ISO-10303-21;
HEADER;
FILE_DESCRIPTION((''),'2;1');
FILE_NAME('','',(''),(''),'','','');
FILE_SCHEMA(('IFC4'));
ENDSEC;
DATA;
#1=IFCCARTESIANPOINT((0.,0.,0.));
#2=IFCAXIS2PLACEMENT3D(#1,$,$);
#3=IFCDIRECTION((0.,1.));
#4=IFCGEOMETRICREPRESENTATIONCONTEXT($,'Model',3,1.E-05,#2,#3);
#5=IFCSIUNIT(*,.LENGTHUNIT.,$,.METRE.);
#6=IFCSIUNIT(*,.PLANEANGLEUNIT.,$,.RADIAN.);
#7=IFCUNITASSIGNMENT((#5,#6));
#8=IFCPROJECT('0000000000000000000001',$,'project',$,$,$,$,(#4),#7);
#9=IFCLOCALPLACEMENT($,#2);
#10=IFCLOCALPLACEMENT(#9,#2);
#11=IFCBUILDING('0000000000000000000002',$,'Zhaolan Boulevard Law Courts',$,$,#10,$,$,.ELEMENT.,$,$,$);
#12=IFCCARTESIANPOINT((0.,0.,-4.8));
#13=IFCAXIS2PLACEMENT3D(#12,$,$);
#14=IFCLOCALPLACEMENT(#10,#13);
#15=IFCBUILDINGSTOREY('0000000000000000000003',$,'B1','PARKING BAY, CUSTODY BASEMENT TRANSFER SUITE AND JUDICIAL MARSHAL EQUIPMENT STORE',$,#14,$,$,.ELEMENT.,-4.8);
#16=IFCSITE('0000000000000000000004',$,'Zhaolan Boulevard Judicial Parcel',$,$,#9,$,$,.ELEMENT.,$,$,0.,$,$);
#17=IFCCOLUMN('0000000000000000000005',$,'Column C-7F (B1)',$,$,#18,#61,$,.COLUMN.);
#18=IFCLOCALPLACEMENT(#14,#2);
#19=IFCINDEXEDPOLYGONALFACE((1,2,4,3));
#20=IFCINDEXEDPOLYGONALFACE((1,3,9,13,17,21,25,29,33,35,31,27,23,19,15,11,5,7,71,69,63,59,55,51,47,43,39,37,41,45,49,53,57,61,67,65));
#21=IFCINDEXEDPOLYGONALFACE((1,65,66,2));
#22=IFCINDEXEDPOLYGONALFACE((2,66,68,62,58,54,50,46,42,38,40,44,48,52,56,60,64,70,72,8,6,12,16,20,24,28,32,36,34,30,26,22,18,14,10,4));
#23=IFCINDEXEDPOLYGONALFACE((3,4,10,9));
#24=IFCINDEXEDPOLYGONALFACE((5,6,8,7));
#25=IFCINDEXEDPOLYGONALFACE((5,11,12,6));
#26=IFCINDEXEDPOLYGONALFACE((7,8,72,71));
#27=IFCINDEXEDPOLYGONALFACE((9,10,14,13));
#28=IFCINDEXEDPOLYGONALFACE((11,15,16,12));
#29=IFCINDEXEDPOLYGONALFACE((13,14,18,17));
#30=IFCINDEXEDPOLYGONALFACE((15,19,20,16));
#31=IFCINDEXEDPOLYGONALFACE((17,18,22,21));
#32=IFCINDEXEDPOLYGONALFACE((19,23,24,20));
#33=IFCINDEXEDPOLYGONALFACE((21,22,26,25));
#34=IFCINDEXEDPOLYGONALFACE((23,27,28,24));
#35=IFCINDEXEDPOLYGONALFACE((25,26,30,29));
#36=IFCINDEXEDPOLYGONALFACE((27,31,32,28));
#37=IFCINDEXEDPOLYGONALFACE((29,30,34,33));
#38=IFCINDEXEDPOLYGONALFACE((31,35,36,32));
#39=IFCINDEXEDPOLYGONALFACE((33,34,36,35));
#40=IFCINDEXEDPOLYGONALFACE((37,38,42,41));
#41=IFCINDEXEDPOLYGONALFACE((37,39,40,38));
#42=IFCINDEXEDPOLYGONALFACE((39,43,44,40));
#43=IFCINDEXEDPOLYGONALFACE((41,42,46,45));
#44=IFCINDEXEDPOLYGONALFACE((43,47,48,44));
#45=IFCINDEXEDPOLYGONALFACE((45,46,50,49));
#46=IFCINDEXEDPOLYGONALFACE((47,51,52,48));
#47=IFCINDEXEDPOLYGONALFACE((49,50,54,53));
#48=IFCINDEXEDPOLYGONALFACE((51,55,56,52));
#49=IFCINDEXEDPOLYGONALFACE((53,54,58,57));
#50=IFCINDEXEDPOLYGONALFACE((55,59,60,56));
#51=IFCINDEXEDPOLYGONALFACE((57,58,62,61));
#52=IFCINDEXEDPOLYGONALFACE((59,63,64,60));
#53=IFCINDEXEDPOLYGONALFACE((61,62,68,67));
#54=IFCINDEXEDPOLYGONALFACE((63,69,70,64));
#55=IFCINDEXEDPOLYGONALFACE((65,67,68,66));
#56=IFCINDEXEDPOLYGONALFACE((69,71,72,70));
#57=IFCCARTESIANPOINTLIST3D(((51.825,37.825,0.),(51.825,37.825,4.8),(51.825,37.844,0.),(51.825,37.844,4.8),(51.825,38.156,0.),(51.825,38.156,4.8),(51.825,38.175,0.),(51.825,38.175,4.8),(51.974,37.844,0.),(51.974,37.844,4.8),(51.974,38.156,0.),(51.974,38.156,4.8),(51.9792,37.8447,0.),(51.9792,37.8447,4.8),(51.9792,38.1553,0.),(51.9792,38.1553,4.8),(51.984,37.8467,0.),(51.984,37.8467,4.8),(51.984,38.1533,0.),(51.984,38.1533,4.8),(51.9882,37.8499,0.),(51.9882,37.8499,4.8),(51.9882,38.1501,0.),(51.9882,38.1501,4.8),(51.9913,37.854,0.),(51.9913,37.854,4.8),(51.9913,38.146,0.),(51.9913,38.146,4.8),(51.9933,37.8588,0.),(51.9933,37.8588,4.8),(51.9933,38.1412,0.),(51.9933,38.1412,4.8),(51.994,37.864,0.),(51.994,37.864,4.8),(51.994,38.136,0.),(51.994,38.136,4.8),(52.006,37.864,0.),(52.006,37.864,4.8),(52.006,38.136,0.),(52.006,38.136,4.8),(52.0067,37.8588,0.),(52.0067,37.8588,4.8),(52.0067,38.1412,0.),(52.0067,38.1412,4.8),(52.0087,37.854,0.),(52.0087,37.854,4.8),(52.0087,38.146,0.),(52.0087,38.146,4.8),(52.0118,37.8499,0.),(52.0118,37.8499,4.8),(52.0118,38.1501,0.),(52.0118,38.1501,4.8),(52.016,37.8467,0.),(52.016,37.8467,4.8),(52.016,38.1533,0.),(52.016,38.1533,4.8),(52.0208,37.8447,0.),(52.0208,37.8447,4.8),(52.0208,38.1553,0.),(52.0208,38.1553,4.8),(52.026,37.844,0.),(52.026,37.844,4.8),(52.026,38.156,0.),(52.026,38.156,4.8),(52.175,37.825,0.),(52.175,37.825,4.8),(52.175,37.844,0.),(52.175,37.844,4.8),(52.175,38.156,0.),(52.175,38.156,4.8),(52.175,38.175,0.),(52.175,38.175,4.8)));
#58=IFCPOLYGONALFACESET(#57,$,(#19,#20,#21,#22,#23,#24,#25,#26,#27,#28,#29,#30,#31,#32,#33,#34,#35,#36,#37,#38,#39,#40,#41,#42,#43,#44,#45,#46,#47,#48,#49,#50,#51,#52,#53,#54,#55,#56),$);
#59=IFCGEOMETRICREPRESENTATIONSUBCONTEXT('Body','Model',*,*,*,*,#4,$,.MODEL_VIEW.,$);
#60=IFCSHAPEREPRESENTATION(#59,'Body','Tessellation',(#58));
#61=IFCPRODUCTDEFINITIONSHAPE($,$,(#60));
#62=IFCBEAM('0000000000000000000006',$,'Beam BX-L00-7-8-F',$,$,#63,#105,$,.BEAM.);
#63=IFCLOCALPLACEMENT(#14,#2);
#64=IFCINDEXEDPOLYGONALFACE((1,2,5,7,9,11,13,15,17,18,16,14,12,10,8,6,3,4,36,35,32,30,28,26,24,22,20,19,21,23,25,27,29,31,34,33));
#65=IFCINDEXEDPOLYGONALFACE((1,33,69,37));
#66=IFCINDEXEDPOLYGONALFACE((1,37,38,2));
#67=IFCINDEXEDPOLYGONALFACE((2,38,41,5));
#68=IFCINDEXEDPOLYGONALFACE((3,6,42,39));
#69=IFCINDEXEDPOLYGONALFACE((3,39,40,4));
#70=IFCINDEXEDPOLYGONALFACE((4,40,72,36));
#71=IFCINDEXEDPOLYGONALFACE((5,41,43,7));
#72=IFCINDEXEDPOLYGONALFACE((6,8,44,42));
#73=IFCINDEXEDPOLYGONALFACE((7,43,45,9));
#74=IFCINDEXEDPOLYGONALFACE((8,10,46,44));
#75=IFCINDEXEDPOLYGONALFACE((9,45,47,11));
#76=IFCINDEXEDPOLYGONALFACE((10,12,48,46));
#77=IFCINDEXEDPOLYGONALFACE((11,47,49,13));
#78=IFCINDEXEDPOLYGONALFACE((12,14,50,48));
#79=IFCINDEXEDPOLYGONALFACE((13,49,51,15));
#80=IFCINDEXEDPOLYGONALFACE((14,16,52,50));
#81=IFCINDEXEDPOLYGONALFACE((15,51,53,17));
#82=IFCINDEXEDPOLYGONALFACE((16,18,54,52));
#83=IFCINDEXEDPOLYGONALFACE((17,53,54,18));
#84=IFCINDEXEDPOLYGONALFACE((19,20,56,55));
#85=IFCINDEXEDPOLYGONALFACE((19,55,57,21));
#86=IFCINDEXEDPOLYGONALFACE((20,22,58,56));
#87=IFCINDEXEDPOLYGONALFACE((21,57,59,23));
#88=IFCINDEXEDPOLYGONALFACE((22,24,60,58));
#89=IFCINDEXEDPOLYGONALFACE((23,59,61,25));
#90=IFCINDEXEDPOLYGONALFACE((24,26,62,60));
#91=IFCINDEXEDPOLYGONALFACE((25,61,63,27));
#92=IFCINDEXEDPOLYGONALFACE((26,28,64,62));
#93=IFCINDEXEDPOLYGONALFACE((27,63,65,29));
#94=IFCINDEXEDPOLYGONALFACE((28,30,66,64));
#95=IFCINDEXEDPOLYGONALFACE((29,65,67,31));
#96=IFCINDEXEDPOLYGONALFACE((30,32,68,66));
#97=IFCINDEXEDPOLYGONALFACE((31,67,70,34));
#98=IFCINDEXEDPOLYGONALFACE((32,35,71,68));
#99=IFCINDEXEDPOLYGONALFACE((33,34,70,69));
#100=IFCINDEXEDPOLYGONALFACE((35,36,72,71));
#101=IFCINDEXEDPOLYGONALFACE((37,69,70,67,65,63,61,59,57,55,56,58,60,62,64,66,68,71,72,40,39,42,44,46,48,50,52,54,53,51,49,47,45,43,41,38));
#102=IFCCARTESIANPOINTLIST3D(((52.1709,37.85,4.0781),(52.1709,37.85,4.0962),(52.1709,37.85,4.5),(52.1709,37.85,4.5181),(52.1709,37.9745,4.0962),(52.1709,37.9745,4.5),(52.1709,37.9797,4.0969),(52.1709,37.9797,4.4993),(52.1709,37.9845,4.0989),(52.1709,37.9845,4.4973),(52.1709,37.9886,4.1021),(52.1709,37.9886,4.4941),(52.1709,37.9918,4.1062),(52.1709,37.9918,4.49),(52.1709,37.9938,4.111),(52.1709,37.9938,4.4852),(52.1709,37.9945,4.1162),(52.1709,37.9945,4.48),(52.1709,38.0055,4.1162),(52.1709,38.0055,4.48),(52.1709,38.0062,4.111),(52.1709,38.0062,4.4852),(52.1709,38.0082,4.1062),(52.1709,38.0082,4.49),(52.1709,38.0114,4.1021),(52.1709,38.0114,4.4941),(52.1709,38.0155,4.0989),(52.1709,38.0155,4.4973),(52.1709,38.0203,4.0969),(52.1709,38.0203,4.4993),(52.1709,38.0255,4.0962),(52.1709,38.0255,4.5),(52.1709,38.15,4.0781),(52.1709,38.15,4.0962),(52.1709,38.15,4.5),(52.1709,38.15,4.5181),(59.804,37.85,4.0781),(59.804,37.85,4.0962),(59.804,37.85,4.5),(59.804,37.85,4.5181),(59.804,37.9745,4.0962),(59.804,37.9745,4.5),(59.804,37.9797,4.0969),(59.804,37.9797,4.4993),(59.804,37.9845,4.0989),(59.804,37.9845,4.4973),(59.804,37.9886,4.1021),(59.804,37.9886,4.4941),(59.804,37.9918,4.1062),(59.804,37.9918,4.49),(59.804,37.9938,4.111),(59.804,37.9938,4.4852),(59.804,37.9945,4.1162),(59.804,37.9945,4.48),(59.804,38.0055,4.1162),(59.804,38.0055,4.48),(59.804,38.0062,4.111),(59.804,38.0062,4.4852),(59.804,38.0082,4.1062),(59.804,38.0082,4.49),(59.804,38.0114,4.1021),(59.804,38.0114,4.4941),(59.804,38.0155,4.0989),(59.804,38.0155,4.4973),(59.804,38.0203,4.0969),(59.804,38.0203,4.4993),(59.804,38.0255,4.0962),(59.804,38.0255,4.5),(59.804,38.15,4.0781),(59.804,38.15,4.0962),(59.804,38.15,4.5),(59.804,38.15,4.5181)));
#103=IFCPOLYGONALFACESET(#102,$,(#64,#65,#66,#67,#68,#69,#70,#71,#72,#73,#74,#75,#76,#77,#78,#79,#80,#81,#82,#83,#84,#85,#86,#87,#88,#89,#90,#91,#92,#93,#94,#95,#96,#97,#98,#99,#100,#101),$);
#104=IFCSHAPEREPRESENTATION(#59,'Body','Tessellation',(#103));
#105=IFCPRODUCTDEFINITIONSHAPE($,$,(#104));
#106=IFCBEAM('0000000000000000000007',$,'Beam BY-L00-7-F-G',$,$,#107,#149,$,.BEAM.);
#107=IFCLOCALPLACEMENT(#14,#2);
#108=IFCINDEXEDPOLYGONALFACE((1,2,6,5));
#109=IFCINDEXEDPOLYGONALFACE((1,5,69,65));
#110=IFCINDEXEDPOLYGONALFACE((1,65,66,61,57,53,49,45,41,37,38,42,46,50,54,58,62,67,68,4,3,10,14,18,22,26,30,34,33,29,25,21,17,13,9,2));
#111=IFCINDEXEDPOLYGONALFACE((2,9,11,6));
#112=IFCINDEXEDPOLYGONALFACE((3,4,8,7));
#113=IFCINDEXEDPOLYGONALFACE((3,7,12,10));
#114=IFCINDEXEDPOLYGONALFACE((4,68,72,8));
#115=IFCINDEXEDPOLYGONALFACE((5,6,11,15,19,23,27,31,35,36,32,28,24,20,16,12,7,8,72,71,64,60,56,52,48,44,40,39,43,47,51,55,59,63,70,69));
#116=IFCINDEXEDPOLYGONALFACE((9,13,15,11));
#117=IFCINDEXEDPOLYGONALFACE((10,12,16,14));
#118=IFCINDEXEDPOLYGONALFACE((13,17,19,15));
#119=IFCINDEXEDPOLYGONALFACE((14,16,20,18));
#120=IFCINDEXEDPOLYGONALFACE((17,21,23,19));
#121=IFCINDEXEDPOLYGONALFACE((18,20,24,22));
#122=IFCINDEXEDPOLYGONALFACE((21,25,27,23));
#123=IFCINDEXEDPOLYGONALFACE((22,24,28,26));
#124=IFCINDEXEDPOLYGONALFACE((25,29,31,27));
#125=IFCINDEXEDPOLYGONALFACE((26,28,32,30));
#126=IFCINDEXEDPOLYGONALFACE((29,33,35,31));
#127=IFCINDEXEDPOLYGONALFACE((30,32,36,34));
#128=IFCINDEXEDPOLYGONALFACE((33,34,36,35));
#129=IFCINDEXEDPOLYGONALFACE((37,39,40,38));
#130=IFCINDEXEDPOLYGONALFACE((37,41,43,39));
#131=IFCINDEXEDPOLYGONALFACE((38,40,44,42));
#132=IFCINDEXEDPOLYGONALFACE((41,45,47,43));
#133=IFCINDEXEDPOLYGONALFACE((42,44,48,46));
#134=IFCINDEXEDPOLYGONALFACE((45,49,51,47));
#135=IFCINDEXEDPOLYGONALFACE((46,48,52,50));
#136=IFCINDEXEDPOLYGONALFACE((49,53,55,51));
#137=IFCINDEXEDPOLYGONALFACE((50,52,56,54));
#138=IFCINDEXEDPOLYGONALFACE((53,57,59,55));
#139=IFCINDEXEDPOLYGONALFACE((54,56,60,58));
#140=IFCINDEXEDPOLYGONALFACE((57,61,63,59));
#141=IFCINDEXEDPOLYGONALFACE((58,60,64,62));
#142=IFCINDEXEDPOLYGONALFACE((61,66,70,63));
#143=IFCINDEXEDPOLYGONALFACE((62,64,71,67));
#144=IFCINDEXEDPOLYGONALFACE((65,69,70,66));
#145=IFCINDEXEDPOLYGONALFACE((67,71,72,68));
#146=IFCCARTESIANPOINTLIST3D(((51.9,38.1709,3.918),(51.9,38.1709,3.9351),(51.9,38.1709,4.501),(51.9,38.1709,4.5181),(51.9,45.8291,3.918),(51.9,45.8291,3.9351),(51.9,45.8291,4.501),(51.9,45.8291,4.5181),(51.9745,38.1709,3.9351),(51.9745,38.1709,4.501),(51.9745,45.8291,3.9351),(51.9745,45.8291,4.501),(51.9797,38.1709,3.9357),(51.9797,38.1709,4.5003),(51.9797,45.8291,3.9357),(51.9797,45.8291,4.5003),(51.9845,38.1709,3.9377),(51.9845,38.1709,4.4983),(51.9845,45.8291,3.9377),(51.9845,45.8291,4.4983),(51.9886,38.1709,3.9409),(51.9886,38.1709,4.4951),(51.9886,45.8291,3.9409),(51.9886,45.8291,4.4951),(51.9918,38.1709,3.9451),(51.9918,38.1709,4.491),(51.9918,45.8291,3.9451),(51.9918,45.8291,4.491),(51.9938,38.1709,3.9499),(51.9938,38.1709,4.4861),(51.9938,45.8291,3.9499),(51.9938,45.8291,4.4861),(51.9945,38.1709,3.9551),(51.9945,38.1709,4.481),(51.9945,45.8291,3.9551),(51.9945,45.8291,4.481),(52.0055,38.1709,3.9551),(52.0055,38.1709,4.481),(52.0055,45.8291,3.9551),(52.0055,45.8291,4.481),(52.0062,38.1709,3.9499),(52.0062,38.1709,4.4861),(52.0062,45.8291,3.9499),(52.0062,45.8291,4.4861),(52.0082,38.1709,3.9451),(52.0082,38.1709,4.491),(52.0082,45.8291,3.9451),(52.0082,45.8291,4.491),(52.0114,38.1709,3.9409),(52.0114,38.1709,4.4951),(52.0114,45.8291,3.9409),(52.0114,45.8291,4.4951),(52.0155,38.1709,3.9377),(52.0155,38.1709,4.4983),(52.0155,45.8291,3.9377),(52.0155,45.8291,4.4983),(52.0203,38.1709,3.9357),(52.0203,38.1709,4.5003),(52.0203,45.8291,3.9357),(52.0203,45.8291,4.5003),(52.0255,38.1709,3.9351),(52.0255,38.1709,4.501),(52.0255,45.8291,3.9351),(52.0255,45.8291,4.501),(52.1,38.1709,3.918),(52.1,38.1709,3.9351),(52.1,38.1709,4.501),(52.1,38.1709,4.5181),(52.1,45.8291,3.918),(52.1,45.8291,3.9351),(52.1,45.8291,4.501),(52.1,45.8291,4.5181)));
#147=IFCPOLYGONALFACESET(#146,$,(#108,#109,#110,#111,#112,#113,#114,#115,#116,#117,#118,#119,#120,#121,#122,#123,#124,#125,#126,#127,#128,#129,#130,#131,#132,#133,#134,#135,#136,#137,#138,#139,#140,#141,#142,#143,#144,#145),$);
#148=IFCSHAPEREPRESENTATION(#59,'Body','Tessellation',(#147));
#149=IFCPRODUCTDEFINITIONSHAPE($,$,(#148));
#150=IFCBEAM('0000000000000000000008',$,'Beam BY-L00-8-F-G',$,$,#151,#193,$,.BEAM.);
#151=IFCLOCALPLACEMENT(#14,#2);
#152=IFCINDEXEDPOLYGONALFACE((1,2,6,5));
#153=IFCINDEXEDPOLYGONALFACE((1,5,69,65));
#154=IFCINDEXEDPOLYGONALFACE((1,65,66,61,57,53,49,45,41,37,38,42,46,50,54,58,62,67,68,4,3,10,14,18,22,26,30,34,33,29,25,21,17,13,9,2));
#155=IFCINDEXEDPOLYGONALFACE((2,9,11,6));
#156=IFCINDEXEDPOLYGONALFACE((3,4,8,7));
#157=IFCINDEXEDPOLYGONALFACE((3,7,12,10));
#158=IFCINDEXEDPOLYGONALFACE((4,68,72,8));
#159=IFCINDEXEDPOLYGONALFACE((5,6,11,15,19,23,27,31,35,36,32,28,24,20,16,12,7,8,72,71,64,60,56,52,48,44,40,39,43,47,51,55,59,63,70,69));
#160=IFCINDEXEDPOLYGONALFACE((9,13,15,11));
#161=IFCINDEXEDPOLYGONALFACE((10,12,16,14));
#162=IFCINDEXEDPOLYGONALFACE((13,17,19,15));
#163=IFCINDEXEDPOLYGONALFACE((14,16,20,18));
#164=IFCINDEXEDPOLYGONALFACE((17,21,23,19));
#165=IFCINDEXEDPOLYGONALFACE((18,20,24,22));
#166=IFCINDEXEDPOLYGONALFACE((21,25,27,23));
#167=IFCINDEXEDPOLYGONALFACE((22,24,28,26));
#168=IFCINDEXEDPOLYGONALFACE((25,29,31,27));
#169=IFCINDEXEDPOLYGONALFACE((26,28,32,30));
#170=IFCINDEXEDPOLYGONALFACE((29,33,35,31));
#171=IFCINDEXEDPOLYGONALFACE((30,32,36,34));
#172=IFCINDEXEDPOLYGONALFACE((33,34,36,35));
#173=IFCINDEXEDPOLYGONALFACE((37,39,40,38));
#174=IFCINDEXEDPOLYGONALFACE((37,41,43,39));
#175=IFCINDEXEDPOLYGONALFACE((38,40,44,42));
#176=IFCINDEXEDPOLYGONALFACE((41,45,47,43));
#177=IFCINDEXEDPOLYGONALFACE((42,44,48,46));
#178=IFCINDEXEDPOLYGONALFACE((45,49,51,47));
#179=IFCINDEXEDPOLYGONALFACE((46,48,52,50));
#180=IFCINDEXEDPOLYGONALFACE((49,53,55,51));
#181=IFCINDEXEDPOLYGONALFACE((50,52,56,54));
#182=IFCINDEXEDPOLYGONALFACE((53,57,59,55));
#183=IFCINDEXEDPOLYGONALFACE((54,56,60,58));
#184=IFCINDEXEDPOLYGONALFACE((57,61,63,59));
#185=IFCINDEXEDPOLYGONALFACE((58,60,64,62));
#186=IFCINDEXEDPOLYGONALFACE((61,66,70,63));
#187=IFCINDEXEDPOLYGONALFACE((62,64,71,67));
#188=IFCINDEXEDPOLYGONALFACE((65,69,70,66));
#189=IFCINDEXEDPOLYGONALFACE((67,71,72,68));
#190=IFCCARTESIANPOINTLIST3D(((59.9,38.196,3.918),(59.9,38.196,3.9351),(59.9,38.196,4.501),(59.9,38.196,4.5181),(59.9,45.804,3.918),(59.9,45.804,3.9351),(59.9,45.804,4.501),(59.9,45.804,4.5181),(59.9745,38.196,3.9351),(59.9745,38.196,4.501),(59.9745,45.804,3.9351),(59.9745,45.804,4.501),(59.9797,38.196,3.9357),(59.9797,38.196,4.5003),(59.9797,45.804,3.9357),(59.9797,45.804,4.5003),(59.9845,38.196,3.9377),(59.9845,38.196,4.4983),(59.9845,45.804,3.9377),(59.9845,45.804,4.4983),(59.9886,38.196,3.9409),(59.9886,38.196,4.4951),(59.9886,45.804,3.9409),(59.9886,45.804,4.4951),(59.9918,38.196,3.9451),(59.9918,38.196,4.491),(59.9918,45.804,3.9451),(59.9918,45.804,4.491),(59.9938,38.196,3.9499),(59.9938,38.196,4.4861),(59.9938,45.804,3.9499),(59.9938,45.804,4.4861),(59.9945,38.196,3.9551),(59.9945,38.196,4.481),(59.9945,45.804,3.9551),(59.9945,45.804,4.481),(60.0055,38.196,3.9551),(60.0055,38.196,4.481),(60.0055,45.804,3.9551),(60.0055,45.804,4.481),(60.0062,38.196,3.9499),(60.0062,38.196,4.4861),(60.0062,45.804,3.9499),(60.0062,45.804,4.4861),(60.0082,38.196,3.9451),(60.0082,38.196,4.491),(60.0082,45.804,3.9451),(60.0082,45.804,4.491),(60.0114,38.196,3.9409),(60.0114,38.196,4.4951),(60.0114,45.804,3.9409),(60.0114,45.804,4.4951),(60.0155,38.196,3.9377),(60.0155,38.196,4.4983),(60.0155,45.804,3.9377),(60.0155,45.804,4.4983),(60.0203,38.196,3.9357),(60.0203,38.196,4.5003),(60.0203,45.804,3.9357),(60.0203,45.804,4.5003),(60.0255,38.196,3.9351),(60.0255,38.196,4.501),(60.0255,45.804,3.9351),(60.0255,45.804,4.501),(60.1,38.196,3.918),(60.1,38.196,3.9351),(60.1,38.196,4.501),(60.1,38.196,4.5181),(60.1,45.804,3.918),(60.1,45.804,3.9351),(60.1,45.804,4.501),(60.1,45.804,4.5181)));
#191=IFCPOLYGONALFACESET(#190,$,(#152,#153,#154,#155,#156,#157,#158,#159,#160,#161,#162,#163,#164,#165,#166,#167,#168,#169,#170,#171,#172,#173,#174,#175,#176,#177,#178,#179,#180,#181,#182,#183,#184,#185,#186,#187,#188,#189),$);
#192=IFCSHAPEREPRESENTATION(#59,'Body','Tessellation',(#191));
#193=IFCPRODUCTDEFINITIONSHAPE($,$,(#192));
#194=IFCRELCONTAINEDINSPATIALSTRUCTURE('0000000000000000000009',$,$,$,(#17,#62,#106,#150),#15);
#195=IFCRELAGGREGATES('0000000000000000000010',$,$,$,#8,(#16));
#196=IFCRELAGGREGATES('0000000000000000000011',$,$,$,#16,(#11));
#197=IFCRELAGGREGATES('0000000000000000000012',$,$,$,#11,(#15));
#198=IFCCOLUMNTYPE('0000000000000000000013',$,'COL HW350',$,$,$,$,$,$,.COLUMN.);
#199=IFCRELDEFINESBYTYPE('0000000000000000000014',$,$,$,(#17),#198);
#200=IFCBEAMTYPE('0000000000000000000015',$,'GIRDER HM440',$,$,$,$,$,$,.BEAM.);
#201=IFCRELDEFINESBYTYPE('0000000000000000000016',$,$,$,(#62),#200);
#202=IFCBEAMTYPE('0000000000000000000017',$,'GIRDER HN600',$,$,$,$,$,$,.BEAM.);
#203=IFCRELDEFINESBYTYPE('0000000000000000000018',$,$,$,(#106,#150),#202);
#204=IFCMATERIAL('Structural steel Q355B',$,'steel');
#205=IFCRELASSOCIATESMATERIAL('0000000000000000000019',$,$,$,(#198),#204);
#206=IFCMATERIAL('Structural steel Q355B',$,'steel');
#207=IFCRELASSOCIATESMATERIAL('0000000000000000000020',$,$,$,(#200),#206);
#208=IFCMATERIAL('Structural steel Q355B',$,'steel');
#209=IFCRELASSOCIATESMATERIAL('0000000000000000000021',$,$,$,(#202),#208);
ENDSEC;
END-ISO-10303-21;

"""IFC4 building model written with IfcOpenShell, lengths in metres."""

from ifc_helpers import new_model, si_unit, direction, frame, origin, origin_2d, place, context, subcontext, project, spatial, i_section, extrude, material, material_profile, profile_set, type_object, element, save


model = new_model("IFC4")

# Units and contexts
model_context = context("Model", 3, precision=1e-05, world=origin(), true_north=direction((0.0, 1.0)))
body_context = subcontext(model_context, "Body", "Model", "MODEL_VIEW")
ifc_project = project(units=[si_unit("LENGTHUNIT", "METRE"), si_unit("PLANEANGLEUNIT", "RADIAN")], contexts=[model_context])

# Site, building, storey
site_placement = place(None, origin())
site = spatial("IfcSite", under=ifc_project, at=site_placement, Name="Zhaolan Boulevard Judicial Parcel", CompositionType="ELEMENT", RefElevation=0.0)
building_placement = place(site_placement, origin())
building = spatial("IfcBuilding", under=site, at=building_placement, Name="Zhaolan Boulevard Law Courts", CompositionType="ELEMENT")
storey_placement = place(building_placement, frame((0.0, 0.0, -4.8)))
storey = spatial("IfcBuildingStorey", under=building, at=storey_placement, Name="B1", Description="PARKING BAY, CUSTODY BASEMENT TRANSFER SUITE AND JUDICIAL MARSHAL EQUIPMENT STORE", CompositionType="ELEMENT", Elevation=-4.8)

# Column
ifc_material_1 = material(Name="Structural steel Q355B", Category="steel")
ifc_material_profile_1 = material_profile(ifc_material_1, i_section(OverallWidth=0.3501, OverallDepth=0.3501, WebThickness=0.012, FlangeThickness=0.019, FilletRadius=0.02, at=origin_2d()), Name="HW350x350")
ifc_profile_set_1 = profile_set([ifc_material_profile_1], Name="Structural steel Q355B")
column_type_1 = type_object("IfcColumnType", Name="COL HW350", PredefinedType="COLUMN", material=ifc_profile_set_1)
column_1_placement = place(storey_placement, frame((52.0, 38.0, 0.0), z_axis=(0.0, 0.0, 1.0), x_axis=(1.0, 0.0, 0.0)))
element("IfcColumn", 1, at=column_1_placement, inside=storey, type_object=column_type_1, Name="Column C-7F (B1)", PredefinedType="COLUMN", context=body_context, shape_type="SweptSolid", body=[
    extrude(i_section(OverallWidth=0.3501, OverallDepth=0.3501, WebThickness=0.012, FlangeThickness=0.019, FilletRadius=0.02, at=origin_2d()), origin(), (0.0, 0.0, 1.0), 4.8),
])

# Beams
ifc_material_2 = material(Name="Structural steel Q355B", Category="steel")
ifc_material_profile_2 = material_profile(ifc_material_2, i_section(OverallWidth=0.3, OverallDepth=0.4399, WebThickness=0.011, FlangeThickness=0.0181, FilletRadius=0.02, at=origin_2d()), Name="HM440x300")
ifc_profile_set_2 = profile_set([ifc_material_profile_2], Name="Structural steel Q355B")
beam_type_1 = type_object("IfcBeamType", Name="GIRDER HM440", PredefinedType="BEAM", material=ifc_profile_set_2)
beam_1_placement = place(storey_placement, frame((52.1709, 38.0, 4.2981), z_axis=(1.0, 0.0, 0.0), x_axis=(0.0, 1.0, 0.0)))
element("IfcBeam", 2, at=beam_1_placement, inside=storey, type_object=beam_type_1, Name="Beam BX-L00-7-8-F", PredefinedType="BEAM", context=body_context, shape_type="SweptSolid", body=[
    extrude(i_section(OverallWidth=0.3, OverallDepth=0.4399, WebThickness=0.011, FlangeThickness=0.0181, FilletRadius=0.02, at=origin_2d()), origin(), (0.0, 0.0, 1.0), 7.6331),
])
ifc_material_3 = material(Name="Structural steel Q355B", Category="steel")
ifc_material_profile_3 = material_profile(ifc_material_3, i_section(OverallWidth=0.2, OverallDepth=0.6001, WebThickness=0.011, FlangeThickness=0.0171, FilletRadius=0.02, at=origin_2d()), Name="HN600x200")
ifc_profile_set_3 = profile_set([ifc_material_profile_3], Name="Structural steel Q355B")
beam_type_2 = type_object("IfcBeamType", Name="GIRDER HN600", PredefinedType="BEAM", material=ifc_profile_set_3)
beam_2_placement = place(storey_placement, frame((52.0, 38.1709, 4.218), z_axis=(0.0, 1.0, 0.0), x_axis=(-1.0, 0.0, 0.0)))
element("IfcBeam", 3, at=beam_2_placement, inside=storey, type_object=beam_type_2, Name="Beam BY-L00-7-F-G", PredefinedType="BEAM", context=body_context, shape_type="SweptSolid", body=[
    extrude(i_section(OverallWidth=0.2, OverallDepth=0.6001, WebThickness=0.011, FlangeThickness=0.0171, FilletRadius=0.02, at=origin_2d()), origin(), (0.0, 0.0, 1.0), 7.6582),
])
beam_3_placement = place(storey_placement, frame((60.0, 38.196, 4.218), z_axis=(0.0, 1.0, 0.0), x_axis=(-1.0, 0.0, 0.0)))
element("IfcBeam", 4, at=beam_3_placement, inside=storey, type_object=beam_type_2, Name="Beam BY-L00-8-F-G", PredefinedType="BEAM", context=body_context, shape_type="SweptSolid", body=[
    extrude(i_section(OverallWidth=0.2, OverallDepth=0.6001, WebThickness=0.011, FlangeThickness=0.0171, FilletRadius=0.02, at=origin_2d()), origin(), (0.0, 0.0, 1.0), 7.6079),
])

save(model, "model.ifc")
